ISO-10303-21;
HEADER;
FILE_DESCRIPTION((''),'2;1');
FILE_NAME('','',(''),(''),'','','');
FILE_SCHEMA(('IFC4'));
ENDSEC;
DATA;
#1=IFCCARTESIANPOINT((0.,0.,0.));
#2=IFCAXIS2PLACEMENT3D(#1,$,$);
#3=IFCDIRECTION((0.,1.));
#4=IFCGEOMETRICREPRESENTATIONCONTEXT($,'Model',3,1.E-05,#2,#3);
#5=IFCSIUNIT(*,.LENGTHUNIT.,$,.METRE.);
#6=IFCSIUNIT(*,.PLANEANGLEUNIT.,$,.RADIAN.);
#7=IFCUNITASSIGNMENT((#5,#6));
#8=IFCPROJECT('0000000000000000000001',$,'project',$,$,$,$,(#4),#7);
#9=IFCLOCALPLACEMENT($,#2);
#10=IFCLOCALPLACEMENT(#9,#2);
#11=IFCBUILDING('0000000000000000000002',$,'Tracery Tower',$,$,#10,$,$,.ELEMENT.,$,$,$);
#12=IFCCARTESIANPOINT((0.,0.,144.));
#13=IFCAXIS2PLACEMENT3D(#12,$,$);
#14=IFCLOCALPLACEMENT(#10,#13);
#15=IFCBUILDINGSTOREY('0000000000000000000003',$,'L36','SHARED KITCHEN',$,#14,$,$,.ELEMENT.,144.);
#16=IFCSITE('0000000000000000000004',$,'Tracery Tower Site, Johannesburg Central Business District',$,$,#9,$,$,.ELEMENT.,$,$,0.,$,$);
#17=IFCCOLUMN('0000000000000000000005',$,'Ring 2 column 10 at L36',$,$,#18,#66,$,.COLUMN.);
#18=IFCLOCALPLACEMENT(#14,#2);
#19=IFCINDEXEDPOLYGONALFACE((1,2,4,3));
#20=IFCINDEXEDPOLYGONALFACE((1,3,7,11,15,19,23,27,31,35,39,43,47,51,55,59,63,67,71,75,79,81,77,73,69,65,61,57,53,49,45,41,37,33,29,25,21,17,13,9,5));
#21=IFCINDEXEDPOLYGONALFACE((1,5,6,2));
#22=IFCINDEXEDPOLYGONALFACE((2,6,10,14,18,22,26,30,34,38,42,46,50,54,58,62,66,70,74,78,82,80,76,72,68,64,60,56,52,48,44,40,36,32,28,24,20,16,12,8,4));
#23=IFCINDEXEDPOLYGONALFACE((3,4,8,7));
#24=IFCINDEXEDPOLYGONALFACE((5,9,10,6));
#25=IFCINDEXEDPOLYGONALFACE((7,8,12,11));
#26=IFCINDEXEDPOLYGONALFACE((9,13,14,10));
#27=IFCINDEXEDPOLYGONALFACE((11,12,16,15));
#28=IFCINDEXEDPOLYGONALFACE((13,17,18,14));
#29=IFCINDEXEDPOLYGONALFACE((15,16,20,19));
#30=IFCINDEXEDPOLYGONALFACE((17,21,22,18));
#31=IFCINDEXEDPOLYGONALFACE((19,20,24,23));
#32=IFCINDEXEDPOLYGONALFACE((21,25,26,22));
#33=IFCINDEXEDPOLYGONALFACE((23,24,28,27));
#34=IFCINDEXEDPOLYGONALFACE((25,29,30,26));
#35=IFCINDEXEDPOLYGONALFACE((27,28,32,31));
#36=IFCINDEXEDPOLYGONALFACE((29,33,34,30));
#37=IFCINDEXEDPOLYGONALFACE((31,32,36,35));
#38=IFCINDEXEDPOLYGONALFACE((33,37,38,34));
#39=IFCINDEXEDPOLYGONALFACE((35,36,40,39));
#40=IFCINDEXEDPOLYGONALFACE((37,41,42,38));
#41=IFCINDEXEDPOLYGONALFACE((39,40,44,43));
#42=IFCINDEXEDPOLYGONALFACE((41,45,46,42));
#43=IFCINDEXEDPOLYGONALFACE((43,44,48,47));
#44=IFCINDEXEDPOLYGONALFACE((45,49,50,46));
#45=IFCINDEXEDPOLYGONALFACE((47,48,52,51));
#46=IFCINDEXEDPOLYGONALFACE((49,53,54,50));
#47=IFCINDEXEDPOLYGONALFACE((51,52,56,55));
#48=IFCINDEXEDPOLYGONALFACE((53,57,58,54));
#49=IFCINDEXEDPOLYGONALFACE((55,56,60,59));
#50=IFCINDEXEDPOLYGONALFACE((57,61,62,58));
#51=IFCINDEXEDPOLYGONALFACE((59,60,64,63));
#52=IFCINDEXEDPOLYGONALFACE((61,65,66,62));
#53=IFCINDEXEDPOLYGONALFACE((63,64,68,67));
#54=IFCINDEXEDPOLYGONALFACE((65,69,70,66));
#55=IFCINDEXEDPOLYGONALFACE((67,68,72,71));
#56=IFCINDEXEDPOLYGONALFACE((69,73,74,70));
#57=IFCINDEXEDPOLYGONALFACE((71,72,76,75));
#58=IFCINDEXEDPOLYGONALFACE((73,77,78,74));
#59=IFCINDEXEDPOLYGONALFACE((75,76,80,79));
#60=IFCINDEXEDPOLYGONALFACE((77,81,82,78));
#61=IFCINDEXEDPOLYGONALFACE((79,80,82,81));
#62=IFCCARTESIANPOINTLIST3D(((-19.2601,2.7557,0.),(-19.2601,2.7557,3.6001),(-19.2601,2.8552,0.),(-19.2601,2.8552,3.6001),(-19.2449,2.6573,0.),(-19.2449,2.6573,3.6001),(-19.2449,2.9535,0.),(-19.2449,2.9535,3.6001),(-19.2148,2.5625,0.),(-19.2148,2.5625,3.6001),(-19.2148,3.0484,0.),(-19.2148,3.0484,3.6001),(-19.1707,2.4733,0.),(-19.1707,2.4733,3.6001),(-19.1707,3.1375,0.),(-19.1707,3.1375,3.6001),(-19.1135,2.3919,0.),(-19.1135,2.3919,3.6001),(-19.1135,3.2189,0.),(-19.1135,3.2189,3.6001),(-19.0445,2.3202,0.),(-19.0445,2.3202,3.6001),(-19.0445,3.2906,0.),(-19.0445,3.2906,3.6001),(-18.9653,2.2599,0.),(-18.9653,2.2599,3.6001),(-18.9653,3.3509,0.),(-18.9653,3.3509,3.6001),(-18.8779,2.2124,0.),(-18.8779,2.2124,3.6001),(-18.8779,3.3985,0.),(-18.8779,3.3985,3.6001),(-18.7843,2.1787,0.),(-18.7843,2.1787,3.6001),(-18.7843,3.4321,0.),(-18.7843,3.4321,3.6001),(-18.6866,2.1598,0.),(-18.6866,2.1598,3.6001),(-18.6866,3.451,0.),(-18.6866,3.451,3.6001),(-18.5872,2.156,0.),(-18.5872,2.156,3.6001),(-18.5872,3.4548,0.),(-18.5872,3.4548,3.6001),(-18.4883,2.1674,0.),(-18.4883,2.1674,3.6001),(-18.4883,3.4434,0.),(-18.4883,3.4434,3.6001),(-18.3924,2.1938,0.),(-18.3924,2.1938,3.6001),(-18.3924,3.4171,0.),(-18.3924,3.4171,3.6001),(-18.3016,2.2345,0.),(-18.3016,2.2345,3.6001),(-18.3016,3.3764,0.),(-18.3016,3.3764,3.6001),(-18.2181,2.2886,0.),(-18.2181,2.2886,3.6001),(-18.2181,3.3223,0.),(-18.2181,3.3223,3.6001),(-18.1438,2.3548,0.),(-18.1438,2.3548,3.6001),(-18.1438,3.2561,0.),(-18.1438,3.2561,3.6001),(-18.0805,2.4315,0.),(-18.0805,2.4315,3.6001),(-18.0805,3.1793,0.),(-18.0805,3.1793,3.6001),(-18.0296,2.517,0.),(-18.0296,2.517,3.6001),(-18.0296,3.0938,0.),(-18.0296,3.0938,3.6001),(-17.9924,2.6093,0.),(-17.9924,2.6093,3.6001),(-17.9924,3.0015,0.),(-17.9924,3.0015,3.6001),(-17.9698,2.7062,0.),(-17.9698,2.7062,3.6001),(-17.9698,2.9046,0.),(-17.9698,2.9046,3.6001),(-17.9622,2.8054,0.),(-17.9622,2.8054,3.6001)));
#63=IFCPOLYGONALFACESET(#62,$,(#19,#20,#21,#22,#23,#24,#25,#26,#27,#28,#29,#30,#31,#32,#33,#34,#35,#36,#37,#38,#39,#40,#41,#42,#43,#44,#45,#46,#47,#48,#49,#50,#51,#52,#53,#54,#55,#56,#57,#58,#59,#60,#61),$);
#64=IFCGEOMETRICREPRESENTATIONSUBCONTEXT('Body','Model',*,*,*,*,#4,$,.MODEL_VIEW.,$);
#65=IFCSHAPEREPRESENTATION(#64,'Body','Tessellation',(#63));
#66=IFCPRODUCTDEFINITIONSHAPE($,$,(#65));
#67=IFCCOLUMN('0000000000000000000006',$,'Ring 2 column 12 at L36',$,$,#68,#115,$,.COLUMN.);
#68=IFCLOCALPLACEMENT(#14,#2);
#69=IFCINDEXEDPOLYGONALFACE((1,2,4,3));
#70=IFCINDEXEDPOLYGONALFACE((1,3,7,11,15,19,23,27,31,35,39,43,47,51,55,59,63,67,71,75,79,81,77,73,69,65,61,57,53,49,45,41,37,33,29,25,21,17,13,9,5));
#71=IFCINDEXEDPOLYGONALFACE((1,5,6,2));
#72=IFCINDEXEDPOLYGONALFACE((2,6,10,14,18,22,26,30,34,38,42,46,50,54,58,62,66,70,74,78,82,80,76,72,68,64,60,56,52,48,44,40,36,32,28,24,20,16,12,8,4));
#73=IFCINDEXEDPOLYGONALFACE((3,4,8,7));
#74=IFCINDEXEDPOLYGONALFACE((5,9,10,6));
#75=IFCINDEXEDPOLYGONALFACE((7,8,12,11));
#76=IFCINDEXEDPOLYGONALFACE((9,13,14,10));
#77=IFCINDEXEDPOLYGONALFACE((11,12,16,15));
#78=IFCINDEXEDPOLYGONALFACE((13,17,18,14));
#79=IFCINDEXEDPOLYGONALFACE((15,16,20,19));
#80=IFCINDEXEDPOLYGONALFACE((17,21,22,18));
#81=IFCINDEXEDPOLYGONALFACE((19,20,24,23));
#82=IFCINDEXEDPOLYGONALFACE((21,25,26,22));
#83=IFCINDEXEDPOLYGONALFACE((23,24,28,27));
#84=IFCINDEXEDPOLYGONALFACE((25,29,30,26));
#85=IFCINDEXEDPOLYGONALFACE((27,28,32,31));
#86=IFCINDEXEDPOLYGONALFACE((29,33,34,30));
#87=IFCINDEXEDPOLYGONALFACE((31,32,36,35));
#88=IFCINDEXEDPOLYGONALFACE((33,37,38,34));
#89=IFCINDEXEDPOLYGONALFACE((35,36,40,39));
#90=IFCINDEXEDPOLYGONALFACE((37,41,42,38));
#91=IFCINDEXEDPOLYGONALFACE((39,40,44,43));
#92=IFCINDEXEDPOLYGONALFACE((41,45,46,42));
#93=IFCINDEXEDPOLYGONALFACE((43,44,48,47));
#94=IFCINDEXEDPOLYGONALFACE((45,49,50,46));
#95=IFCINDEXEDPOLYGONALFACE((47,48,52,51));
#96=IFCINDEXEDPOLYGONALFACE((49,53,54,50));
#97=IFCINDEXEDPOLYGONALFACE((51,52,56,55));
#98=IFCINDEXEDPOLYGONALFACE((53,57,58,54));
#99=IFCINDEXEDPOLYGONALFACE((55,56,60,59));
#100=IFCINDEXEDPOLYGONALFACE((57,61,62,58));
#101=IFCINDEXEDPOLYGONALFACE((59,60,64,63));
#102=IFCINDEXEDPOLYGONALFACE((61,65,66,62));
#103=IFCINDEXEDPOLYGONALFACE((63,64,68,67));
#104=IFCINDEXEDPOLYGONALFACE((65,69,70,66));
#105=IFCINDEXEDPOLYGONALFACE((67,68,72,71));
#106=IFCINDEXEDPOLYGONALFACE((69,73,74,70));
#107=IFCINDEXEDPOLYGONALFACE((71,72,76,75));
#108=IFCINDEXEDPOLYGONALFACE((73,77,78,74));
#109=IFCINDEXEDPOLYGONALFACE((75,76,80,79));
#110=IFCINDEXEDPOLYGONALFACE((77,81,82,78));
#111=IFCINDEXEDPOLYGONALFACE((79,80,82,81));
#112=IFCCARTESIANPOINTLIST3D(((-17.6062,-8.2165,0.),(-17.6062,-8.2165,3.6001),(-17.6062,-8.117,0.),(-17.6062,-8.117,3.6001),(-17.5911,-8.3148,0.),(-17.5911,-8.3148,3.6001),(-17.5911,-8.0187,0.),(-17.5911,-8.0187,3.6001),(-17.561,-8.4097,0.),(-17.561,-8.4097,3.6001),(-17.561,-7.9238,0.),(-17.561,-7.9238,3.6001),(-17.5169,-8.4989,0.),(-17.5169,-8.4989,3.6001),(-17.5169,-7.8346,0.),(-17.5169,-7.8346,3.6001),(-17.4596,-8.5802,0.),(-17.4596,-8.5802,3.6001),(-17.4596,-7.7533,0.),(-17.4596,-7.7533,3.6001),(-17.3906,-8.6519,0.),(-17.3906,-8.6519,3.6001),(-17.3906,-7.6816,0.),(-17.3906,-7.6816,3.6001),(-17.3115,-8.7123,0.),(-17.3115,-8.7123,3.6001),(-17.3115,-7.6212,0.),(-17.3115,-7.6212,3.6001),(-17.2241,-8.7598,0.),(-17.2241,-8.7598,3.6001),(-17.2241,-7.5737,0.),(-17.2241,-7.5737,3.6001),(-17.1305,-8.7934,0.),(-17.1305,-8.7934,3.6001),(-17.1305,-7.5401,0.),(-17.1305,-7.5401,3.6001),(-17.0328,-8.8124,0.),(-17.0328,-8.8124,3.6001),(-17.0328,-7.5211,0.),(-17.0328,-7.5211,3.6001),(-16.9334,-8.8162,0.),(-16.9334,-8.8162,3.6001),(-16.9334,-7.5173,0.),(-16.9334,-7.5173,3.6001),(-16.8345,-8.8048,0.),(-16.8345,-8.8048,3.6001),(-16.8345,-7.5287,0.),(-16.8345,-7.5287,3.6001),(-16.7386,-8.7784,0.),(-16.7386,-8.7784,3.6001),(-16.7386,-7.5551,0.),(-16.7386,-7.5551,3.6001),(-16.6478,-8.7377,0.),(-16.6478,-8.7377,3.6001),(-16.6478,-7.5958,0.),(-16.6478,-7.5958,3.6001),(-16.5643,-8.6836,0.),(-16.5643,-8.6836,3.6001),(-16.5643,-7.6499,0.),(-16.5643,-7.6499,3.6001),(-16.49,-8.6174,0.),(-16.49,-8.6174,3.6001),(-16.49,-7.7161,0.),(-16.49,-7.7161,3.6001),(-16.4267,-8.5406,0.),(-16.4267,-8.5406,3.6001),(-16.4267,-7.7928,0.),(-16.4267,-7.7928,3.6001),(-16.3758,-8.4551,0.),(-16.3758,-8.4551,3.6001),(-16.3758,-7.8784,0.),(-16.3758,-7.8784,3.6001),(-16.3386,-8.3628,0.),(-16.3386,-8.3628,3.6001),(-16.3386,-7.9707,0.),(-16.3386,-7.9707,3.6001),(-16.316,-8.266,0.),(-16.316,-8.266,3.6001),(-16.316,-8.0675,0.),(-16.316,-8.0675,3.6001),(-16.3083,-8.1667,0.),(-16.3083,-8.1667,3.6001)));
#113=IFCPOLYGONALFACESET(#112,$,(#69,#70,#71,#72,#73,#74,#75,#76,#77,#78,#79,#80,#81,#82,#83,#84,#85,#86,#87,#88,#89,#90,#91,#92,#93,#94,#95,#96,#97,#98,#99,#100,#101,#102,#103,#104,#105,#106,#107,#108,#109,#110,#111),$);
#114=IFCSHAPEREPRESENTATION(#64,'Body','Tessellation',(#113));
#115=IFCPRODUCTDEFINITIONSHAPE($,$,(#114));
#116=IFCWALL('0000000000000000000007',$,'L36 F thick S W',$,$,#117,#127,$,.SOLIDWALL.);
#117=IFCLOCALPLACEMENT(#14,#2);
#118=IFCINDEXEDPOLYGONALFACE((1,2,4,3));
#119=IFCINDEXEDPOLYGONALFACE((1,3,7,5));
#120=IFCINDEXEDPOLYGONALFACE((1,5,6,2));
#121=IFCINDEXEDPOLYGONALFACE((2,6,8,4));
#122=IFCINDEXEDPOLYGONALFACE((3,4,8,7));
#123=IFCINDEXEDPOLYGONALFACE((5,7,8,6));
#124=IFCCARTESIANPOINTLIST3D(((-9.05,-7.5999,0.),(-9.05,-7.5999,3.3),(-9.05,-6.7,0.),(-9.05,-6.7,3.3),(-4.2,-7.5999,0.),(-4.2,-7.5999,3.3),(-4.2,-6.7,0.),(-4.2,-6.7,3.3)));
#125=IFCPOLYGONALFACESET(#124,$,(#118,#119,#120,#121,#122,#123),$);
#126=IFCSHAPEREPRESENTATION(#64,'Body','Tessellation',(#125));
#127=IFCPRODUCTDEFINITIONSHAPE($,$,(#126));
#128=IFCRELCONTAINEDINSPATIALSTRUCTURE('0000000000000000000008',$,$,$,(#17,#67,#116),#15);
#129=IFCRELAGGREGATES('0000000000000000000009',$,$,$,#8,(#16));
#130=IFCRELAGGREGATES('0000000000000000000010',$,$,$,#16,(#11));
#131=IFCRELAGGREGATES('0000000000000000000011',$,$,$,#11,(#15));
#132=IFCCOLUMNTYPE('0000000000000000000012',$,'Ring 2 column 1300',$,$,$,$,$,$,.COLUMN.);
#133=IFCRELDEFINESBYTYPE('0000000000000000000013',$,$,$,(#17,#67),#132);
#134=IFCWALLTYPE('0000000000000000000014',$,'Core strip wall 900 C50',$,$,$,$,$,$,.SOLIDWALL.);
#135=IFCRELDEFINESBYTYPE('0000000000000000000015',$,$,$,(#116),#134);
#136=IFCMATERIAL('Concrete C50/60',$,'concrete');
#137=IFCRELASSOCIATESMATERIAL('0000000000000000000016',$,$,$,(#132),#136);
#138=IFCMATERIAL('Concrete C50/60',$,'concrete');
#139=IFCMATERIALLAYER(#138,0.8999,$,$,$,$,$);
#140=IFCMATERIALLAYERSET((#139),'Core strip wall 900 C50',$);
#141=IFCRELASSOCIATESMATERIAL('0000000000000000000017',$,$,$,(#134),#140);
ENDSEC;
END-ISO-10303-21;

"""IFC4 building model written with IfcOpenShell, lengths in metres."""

from ifc_helpers import new_model, si_unit, direction, frame, frame_2d, origin, origin_2d, place, context, subcontext, project, spatial, rectangle, circle, extrude, material, layer, layer_set, material_profile, profile_set, type_object, element, save


model = new_model("IFC4")

# Units and contexts
model_context = context("Model", 3, precision=1e-05, world=origin(), true_north=direction((0.0, 1.0)))
body_context = subcontext(model_context, "Body", "Model", "MODEL_VIEW")
ifc_project = project(units=[si_unit("LENGTHUNIT", "METRE"), si_unit("PLANEANGLEUNIT", "RADIAN")], contexts=[model_context])

# Site, building, storey
site_placement = place(None, origin())
site = spatial("IfcSite", under=ifc_project, at=site_placement, Name="Tracery Tower Site, Johannesburg Central Business District", CompositionType="ELEMENT", RefElevation=0.0)
building_placement = place(site_placement, origin())
building = spatial("IfcBuilding", under=site, at=building_placement, Name="Tracery Tower", CompositionType="ELEMENT")
storey_placement = place(building_placement, frame((0.0, 0.0, 144.0)))
storey = spatial("IfcBuildingStorey", under=building, at=storey_placement, Name="L36", Description="SHARED KITCHEN", CompositionType="ELEMENT", Elevation=144.0)

# Columns
ifc_material_1 = material(Name="Concrete C50/60", Category="concrete")
ifc_material_profile = material_profile(ifc_material_1, circle(Radius=0.6499, at=origin_2d()), Name="RC D1300")
ifc_profile_set = profile_set([ifc_material_profile], Name="Concrete C50/60")
column_type = type_object("IfcColumnType", Name="Ring 2 column 1300", PredefinedType="COLUMN", material=ifc_profile_set)
for number, where, z_axis, x_axis, name in (
    (1, (-18.6121, 2.8054, 0.0), (0.0, 0.0, 1.0), (1.0, 0.0, 0.0), "Ring 2 column 10 at L36"),
    (2, (-16.9583, -8.1667, 0.0), (0.0, 0.0, 1.0), (1.0, 0.0, 0.0), "Ring 2 column 12 at L36"),
):
    element("IfcColumn", number, at=place(storey_placement, frame(where, z_axis=z_axis, x_axis=x_axis)), inside=storey, type_object=column_type, Name=name, PredefinedType="COLUMN", context=body_context, shape_type="SweptSolid", body=[
        extrude(circle(Radius=0.6499, at=origin_2d()), origin(), (0.0, 0.0, 1.0), 3.6001),
    ])

# Wall
ifc_material_2 = material(Name="Concrete C50/60", Category="concrete")
ifc_layer_1 = layer(ifc_material_2, 0.8999)
ifc_layer_set_1 = layer_set([ifc_layer_1], Name="Core strip wall 900 C50")
wall_type_1 = type_object("IfcWallType", Name="Core strip wall 900 C50", PredefinedType="SOLIDWALL", material=ifc_layer_set_1)
wall_1_placement = place(storey_placement, frame((-9.05, -7.1499, 0.0), z_axis=(0.0, 0.0, 1.0), x_axis=(1.0, 0.0, 0.0)))
element("IfcWall", 3, at=wall_1_placement, inside=storey, type_object=wall_type_1, Name="L36 F thick S W", PredefinedType="SOLIDWALL", context=body_context, shape_type="SweptSolid", body=[
    extrude(rectangle(XDim=4.8501, YDim=0.8999, at=frame_2d((2.425, 0.0))), origin(), (0.0, 0.0, 1.0), 3.3),
])

save(model, "model.ifc")
